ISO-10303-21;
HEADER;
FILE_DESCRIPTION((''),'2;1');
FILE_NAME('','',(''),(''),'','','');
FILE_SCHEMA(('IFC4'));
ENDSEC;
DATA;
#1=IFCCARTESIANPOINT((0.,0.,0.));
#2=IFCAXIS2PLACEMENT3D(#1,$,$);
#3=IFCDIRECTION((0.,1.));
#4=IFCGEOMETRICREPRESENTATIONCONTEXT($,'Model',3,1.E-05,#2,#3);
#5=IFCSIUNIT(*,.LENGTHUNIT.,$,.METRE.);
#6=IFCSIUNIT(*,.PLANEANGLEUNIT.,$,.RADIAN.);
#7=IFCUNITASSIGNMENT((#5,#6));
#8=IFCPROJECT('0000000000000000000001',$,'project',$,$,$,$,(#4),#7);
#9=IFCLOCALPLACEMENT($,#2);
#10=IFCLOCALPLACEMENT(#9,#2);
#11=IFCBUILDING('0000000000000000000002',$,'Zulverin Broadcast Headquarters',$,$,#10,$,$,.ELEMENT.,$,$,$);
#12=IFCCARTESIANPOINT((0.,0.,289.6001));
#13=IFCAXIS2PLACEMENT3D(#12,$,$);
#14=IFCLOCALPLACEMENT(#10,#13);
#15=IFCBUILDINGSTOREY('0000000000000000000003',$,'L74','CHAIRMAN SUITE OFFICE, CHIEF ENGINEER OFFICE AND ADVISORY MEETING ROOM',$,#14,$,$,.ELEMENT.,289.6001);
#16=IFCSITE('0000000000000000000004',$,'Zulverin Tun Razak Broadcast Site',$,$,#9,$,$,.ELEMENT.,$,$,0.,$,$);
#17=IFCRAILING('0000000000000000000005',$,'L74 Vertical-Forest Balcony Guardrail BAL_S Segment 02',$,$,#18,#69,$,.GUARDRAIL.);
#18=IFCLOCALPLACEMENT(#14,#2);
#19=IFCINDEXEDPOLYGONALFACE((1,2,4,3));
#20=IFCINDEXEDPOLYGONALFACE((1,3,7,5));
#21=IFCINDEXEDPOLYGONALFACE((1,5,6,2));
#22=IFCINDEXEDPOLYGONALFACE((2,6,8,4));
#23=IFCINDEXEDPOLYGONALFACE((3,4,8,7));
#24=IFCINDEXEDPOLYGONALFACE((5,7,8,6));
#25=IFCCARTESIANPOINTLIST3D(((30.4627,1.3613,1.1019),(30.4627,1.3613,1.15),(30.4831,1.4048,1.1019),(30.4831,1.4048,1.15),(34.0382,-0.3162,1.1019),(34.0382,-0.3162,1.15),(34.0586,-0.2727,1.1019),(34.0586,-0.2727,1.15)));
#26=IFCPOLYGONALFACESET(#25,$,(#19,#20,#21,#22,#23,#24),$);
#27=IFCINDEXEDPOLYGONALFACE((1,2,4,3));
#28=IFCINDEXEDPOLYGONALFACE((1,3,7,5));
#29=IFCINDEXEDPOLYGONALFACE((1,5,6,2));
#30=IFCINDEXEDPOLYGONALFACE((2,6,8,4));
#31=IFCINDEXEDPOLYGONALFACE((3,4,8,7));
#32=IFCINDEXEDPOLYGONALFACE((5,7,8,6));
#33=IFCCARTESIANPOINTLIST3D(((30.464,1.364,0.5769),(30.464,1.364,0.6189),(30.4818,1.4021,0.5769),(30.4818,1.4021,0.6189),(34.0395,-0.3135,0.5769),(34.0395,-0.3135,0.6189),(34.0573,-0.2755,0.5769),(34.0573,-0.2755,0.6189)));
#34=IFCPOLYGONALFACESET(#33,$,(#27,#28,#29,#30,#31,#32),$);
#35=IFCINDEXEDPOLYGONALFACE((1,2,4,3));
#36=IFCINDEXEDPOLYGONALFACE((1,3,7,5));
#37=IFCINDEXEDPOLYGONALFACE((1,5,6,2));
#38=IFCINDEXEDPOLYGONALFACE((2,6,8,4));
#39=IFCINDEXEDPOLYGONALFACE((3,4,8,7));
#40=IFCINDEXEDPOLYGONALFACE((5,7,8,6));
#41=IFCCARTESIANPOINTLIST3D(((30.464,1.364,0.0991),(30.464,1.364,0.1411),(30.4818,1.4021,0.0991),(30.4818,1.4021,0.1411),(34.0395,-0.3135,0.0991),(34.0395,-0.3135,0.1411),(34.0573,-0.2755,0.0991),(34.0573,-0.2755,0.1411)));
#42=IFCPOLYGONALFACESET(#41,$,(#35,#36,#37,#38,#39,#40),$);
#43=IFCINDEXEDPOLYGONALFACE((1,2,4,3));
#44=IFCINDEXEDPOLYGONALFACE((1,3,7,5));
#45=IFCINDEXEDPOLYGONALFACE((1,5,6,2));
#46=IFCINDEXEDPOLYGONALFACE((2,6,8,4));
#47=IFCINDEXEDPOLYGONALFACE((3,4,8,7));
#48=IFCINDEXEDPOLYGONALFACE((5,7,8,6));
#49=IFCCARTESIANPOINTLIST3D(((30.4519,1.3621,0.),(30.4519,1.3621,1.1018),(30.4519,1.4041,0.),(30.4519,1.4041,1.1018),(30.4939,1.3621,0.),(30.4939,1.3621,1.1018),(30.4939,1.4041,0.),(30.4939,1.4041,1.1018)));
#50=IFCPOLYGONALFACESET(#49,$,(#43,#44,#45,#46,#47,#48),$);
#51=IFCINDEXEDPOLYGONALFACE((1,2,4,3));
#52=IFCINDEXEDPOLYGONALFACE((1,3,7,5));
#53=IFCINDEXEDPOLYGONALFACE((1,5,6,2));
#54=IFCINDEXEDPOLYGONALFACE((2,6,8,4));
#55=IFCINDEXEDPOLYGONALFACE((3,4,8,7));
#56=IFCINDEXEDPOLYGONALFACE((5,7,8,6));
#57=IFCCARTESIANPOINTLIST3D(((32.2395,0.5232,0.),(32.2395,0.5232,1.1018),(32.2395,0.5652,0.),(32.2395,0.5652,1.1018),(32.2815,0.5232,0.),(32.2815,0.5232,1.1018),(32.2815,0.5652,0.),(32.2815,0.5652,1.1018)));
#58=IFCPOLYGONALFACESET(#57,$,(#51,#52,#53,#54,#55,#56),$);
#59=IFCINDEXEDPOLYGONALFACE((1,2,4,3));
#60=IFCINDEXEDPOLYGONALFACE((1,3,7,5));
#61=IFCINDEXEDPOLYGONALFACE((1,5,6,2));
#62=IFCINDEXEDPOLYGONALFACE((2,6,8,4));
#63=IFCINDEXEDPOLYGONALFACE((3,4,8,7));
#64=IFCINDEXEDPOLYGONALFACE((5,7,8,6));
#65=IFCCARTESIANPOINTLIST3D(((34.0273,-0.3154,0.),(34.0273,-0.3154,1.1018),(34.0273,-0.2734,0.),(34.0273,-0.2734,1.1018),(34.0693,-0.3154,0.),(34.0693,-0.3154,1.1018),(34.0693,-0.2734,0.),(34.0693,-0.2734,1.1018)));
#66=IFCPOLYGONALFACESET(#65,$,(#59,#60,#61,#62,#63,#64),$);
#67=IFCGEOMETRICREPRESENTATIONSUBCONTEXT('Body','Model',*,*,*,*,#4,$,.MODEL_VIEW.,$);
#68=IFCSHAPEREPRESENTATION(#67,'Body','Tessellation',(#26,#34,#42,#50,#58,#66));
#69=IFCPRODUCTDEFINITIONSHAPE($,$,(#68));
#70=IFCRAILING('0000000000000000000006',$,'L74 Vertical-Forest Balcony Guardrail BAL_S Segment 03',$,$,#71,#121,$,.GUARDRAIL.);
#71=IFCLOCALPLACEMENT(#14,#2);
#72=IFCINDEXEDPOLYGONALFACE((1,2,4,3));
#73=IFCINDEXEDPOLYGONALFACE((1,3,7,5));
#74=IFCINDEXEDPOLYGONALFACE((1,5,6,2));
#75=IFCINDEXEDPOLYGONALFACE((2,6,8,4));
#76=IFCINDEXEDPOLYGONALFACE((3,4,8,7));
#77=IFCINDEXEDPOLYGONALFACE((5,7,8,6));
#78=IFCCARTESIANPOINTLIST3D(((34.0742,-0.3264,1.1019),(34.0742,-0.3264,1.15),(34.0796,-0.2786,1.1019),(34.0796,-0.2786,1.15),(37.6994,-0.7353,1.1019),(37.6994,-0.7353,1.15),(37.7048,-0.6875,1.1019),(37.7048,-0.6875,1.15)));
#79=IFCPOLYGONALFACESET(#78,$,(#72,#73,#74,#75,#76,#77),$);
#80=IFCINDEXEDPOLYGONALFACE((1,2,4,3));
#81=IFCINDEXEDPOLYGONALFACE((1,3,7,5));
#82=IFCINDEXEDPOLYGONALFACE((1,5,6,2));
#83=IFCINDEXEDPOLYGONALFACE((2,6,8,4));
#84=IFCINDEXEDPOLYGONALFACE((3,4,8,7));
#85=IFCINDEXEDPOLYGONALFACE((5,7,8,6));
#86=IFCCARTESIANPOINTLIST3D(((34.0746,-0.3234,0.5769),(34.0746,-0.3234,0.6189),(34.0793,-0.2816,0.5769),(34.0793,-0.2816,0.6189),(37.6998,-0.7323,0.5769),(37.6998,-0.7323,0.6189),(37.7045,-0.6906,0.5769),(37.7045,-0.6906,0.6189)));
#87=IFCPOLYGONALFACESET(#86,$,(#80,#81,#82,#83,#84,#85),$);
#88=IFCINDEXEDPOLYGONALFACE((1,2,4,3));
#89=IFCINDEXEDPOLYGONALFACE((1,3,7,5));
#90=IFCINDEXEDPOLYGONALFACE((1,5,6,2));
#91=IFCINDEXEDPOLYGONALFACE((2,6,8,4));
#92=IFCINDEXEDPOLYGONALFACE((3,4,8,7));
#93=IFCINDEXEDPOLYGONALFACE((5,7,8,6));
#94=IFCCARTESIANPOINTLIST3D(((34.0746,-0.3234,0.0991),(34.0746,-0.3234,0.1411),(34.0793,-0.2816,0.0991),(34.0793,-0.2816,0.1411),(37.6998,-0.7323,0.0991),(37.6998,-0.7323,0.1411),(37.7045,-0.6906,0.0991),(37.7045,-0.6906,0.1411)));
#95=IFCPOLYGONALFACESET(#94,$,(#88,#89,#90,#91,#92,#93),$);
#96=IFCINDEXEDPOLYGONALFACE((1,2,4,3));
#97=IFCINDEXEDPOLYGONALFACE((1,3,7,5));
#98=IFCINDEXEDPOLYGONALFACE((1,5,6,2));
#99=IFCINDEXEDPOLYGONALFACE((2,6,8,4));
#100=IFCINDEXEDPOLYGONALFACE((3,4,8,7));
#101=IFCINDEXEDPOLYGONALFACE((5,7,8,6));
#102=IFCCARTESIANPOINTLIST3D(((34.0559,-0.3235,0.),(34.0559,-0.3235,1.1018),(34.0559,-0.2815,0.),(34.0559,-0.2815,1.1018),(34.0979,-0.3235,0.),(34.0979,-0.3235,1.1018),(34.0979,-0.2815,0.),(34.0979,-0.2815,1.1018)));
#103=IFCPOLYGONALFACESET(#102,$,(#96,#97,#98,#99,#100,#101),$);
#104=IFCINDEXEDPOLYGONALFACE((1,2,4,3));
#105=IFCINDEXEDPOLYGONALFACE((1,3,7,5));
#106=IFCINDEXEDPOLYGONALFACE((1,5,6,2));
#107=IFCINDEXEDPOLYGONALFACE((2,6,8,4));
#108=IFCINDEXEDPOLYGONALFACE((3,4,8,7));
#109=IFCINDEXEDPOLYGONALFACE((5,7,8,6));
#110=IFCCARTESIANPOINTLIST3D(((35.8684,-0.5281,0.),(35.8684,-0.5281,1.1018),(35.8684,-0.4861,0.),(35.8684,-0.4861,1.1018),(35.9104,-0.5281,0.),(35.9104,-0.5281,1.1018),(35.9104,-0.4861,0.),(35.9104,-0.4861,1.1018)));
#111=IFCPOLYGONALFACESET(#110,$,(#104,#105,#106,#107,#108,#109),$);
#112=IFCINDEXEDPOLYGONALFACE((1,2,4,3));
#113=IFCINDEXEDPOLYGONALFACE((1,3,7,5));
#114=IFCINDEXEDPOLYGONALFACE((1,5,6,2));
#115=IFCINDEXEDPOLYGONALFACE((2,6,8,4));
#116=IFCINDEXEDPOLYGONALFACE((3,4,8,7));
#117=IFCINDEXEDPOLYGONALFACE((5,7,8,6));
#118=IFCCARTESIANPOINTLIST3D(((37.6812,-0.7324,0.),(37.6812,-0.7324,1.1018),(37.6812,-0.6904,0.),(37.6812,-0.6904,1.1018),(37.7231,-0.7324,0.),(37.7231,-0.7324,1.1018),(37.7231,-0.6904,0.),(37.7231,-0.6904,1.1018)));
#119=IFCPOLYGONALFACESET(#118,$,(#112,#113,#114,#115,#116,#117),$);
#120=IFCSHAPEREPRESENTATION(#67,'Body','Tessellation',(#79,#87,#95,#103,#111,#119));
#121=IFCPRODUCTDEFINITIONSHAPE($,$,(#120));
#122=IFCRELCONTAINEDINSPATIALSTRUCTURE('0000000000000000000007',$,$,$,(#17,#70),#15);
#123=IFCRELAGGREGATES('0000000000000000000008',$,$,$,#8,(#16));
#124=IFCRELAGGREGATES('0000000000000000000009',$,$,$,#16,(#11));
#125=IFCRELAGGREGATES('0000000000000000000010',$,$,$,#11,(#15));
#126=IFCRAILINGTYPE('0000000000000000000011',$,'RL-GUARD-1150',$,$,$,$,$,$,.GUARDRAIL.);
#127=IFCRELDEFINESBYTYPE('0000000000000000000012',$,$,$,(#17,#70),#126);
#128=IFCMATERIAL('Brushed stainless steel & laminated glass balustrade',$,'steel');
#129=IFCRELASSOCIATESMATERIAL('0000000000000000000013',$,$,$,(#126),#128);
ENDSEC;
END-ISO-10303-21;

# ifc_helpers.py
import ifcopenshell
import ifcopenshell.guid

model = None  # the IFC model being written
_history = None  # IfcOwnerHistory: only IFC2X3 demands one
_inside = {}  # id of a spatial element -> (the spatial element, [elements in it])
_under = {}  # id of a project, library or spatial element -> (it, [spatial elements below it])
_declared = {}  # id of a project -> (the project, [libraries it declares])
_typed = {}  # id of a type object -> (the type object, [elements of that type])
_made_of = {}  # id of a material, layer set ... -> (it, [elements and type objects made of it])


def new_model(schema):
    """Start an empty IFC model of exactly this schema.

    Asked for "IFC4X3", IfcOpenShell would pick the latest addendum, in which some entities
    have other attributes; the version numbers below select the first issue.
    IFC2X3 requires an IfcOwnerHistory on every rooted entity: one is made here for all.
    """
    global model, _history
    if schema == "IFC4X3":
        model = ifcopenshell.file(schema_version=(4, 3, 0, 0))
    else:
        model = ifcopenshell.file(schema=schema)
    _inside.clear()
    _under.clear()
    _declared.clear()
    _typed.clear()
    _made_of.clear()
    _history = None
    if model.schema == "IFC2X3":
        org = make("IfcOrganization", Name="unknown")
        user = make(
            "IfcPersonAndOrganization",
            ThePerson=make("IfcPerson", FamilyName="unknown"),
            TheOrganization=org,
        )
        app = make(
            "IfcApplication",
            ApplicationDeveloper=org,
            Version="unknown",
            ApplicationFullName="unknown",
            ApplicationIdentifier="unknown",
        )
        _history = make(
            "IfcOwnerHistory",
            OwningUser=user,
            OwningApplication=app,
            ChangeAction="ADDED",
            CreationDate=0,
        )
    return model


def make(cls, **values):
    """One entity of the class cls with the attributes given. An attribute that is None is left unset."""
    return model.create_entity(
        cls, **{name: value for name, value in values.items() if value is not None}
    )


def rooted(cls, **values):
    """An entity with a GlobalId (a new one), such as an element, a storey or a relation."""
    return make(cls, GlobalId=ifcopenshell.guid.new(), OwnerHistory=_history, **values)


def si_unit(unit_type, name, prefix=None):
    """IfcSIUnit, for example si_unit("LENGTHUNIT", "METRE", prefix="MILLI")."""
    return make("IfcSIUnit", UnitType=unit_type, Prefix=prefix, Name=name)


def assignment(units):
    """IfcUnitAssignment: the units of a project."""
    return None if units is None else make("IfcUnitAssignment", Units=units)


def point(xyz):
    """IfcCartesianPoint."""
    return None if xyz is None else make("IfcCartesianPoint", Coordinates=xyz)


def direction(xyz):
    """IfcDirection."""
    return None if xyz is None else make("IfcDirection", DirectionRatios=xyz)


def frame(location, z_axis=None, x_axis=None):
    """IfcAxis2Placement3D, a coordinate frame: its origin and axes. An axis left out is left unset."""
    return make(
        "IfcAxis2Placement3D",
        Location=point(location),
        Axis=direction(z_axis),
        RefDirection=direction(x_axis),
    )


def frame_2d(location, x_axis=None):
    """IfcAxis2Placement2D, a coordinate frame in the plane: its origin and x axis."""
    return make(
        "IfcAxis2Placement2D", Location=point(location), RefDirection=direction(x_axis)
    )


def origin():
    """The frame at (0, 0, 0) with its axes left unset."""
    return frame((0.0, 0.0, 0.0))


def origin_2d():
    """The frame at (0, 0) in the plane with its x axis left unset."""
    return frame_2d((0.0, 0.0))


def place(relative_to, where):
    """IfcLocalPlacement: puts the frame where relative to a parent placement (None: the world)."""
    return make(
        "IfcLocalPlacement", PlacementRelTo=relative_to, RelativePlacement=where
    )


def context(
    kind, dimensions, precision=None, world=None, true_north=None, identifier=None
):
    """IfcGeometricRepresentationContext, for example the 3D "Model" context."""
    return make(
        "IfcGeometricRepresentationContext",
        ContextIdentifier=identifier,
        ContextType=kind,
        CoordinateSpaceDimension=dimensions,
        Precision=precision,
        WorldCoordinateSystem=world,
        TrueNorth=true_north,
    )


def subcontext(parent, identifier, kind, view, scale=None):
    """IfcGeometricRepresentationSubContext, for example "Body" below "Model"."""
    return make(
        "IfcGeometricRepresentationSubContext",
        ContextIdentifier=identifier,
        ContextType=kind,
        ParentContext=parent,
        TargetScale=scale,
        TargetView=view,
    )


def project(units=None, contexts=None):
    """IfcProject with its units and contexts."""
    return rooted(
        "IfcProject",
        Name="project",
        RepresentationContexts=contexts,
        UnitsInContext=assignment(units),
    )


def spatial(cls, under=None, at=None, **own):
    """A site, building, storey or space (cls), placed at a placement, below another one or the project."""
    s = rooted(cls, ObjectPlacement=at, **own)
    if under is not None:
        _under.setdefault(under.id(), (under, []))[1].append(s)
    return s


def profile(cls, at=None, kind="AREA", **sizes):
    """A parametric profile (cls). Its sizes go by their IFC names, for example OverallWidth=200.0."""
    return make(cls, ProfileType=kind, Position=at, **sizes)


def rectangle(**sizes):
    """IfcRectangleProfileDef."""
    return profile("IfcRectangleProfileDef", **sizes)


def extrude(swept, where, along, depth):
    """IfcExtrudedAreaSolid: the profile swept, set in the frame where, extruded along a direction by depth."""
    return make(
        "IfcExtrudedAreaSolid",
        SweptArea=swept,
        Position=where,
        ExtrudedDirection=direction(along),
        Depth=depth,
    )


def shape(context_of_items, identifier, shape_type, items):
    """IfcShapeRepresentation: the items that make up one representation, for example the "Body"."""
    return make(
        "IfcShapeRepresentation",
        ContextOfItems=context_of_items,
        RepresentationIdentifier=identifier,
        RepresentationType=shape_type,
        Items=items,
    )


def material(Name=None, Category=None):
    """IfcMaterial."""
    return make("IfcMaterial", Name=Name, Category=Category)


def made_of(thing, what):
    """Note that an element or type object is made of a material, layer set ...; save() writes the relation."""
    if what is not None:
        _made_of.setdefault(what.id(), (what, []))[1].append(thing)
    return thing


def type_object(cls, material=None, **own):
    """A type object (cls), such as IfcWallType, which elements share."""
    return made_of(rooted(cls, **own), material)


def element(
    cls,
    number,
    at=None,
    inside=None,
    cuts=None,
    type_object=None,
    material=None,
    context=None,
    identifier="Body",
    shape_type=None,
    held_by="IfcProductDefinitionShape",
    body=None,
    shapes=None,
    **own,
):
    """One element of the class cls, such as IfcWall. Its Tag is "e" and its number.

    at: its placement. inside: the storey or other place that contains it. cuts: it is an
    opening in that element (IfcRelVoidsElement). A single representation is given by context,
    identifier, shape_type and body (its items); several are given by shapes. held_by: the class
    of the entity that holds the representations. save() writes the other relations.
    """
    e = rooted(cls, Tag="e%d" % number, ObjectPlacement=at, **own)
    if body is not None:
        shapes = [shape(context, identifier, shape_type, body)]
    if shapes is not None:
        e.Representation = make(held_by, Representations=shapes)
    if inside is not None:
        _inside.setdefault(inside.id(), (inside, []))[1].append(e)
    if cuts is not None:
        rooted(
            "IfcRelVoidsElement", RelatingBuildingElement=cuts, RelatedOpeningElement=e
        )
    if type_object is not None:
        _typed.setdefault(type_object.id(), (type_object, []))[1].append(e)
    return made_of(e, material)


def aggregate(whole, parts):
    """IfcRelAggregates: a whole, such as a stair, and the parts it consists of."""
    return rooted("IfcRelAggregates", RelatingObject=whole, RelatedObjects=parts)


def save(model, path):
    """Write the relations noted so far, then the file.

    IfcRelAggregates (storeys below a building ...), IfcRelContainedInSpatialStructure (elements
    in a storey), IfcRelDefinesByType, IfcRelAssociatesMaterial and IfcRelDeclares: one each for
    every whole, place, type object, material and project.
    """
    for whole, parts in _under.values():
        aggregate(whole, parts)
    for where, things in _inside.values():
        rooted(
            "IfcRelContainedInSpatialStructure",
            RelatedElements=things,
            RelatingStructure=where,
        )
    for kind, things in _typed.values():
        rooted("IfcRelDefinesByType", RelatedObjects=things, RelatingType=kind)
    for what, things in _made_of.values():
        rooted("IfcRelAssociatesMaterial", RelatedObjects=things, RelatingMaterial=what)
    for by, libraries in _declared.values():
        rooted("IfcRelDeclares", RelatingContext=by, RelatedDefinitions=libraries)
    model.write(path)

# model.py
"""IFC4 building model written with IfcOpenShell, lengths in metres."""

from ifc_helpers import new_model, si_unit, direction, frame, origin, origin_2d, place, context, subcontext, project, spatial, rectangle, extrude, material, type_object, element, save


model = new_model("IFC4")

# Units and contexts
model_context = context("Model", 3, precision=1e-05, world=origin(), true_north=direction((0.0, 1.0)))
body_context = subcontext(model_context, "Body", "Model", "MODEL_VIEW")
ifc_project = project(units=[si_unit("LENGTHUNIT", "METRE"), si_unit("PLANEANGLEUNIT", "RADIAN")], contexts=[model_context])

# Site, building, storey
site_placement = place(None, origin())
site = spatial("IfcSite", under=ifc_project, at=site_placement, Name="Zulverin Tun Razak Broadcast Site", CompositionType="ELEMENT", RefElevation=0.0)
building_placement = place(site_placement, origin())
building = spatial("IfcBuilding", under=site, at=building_placement, Name="Zulverin Broadcast Headquarters", CompositionType="ELEMENT")
storey_placement = place(building_placement, frame((0.0, 0.0, 289.6001)))
storey = spatial("IfcBuildingStorey", under=building, at=storey_placement, Name="L74", Description="CHAIRMAN SUITE OFFICE, CHIEF ENGINEER OFFICE AND ADVISORY MEETING ROOM", CompositionType="ELEMENT", Elevation=289.6001)

# Railings
ifc_material_1 = material(Name="Brushed stainless steel & laminated glass balustrade", Category="steel")
railing_type = type_object("IfcRailingType", Name="RL-GUARD-1150", PredefinedType="GUARDRAIL", material=ifc_material_1)
railing_1_placement = place(storey_placement, frame((30.4729, 1.3831, 0.0)))
element("IfcRailing", 1, at=railing_1_placement, inside=storey, type_object=railing_type, Name="L74 Vertical-Forest Balcony Guardrail BAL_S Segment 02", PredefinedType="GUARDRAIL", context=body_context, shape_type="SweptSolid", body=[
    extrude(rectangle(XDim=0.0481, YDim=0.0481, at=origin_2d()), frame((0.0, 0.0, 1.126), z_axis=(0.905313, -0.424746, 0.0), x_axis=(0.424746, 0.905313, 0.0)), (0.0, 0.0, 1.0), 3.9495),
    extrude(rectangle(XDim=0.042, YDim=0.042, at=origin_2d()), frame((0.0, 0.0, 0.5979), z_axis=(0.905313, -0.424746, 0.0), x_axis=(0.424746, 0.905313, 0.0)), (0.0, 0.0, 1.0), 3.9495),
    extrude(rectangle(XDim=0.042, YDim=0.042, at=origin_2d()), frame((0.0, 0.0, 0.1201), z_axis=(0.905313, -0.424746, 0.0), x_axis=(0.424746, 0.905313, 0.0)), (0.0, 0.0, 1.0), 3.9495),
    extrude(rectangle(XDim=0.042, YDim=0.042, at=origin_2d()), origin(), (0.0, 0.0, 1.0), 1.1018),
    extrude(rectangle(XDim=0.042, YDim=0.042, at=origin_2d()), frame((1.7876, -0.8389, 0.0)), (0.0, 0.0, 1.0), 1.1018),
    extrude(rectangle(XDim=0.042, YDim=0.042, at=origin_2d()), frame((3.5754, -1.6775, 0.0)), (0.0, 0.0, 1.0), 1.1018),
])
railing_2_placement = place(storey_placement, frame((34.0769, -0.3025, 0.0)))
element("IfcRailing", 2, at=railing_2_placement, inside=storey, type_object=railing_type, Name="L74 Vertical-Forest Balcony Guardrail BAL_S Segment 03", PredefinedType="GUARDRAIL", context=body_context, shape_type="SweptSolid", body=[
    extrude(rectangle(XDim=0.0481, YDim=0.0481, at=origin_2d()), frame((0.0, 0.0, 1.126), z_axis=(0.993698, -0.112091, 0.0), x_axis=(0.112091, 0.993698, 0.0)), (0.0, 0.0, 1.0), 3.6482),
    extrude(rectangle(XDim=0.042, YDim=0.042, at=origin_2d()), frame((0.0, 0.0, 0.5979), z_axis=(0.993698, -0.112091, 0.0), x_axis=(0.112091, 0.993698, 0.0)), (0.0, 0.0, 1.0), 3.6482),
    extrude(rectangle(XDim=0.042, YDim=0.042, at=origin_2d()), frame((0.0, 0.0, 0.1201), z_axis=(0.993698, -0.112091, 0.0), x_axis=(0.112091, 0.993698, 0.0)), (0.0, 0.0, 1.0), 3.6482),
    extrude(rectangle(XDim=0.042, YDim=0.042, at=origin_2d()), origin(), (0.0, 0.0, 1.0), 1.1018),
    extrude(rectangle(XDim=0.042, YDim=0.042, at=origin_2d()), frame((1.8125, -0.2046, 0.0)), (0.0, 0.0, 1.0), 1.1018),
    extrude(rectangle(XDim=0.042, YDim=0.042, at=origin_2d()), frame((3.6252, -0.4089, 0.0)), (0.0, 0.0, 1.0), 1.1018),
])

save(model, "model.ifc")
